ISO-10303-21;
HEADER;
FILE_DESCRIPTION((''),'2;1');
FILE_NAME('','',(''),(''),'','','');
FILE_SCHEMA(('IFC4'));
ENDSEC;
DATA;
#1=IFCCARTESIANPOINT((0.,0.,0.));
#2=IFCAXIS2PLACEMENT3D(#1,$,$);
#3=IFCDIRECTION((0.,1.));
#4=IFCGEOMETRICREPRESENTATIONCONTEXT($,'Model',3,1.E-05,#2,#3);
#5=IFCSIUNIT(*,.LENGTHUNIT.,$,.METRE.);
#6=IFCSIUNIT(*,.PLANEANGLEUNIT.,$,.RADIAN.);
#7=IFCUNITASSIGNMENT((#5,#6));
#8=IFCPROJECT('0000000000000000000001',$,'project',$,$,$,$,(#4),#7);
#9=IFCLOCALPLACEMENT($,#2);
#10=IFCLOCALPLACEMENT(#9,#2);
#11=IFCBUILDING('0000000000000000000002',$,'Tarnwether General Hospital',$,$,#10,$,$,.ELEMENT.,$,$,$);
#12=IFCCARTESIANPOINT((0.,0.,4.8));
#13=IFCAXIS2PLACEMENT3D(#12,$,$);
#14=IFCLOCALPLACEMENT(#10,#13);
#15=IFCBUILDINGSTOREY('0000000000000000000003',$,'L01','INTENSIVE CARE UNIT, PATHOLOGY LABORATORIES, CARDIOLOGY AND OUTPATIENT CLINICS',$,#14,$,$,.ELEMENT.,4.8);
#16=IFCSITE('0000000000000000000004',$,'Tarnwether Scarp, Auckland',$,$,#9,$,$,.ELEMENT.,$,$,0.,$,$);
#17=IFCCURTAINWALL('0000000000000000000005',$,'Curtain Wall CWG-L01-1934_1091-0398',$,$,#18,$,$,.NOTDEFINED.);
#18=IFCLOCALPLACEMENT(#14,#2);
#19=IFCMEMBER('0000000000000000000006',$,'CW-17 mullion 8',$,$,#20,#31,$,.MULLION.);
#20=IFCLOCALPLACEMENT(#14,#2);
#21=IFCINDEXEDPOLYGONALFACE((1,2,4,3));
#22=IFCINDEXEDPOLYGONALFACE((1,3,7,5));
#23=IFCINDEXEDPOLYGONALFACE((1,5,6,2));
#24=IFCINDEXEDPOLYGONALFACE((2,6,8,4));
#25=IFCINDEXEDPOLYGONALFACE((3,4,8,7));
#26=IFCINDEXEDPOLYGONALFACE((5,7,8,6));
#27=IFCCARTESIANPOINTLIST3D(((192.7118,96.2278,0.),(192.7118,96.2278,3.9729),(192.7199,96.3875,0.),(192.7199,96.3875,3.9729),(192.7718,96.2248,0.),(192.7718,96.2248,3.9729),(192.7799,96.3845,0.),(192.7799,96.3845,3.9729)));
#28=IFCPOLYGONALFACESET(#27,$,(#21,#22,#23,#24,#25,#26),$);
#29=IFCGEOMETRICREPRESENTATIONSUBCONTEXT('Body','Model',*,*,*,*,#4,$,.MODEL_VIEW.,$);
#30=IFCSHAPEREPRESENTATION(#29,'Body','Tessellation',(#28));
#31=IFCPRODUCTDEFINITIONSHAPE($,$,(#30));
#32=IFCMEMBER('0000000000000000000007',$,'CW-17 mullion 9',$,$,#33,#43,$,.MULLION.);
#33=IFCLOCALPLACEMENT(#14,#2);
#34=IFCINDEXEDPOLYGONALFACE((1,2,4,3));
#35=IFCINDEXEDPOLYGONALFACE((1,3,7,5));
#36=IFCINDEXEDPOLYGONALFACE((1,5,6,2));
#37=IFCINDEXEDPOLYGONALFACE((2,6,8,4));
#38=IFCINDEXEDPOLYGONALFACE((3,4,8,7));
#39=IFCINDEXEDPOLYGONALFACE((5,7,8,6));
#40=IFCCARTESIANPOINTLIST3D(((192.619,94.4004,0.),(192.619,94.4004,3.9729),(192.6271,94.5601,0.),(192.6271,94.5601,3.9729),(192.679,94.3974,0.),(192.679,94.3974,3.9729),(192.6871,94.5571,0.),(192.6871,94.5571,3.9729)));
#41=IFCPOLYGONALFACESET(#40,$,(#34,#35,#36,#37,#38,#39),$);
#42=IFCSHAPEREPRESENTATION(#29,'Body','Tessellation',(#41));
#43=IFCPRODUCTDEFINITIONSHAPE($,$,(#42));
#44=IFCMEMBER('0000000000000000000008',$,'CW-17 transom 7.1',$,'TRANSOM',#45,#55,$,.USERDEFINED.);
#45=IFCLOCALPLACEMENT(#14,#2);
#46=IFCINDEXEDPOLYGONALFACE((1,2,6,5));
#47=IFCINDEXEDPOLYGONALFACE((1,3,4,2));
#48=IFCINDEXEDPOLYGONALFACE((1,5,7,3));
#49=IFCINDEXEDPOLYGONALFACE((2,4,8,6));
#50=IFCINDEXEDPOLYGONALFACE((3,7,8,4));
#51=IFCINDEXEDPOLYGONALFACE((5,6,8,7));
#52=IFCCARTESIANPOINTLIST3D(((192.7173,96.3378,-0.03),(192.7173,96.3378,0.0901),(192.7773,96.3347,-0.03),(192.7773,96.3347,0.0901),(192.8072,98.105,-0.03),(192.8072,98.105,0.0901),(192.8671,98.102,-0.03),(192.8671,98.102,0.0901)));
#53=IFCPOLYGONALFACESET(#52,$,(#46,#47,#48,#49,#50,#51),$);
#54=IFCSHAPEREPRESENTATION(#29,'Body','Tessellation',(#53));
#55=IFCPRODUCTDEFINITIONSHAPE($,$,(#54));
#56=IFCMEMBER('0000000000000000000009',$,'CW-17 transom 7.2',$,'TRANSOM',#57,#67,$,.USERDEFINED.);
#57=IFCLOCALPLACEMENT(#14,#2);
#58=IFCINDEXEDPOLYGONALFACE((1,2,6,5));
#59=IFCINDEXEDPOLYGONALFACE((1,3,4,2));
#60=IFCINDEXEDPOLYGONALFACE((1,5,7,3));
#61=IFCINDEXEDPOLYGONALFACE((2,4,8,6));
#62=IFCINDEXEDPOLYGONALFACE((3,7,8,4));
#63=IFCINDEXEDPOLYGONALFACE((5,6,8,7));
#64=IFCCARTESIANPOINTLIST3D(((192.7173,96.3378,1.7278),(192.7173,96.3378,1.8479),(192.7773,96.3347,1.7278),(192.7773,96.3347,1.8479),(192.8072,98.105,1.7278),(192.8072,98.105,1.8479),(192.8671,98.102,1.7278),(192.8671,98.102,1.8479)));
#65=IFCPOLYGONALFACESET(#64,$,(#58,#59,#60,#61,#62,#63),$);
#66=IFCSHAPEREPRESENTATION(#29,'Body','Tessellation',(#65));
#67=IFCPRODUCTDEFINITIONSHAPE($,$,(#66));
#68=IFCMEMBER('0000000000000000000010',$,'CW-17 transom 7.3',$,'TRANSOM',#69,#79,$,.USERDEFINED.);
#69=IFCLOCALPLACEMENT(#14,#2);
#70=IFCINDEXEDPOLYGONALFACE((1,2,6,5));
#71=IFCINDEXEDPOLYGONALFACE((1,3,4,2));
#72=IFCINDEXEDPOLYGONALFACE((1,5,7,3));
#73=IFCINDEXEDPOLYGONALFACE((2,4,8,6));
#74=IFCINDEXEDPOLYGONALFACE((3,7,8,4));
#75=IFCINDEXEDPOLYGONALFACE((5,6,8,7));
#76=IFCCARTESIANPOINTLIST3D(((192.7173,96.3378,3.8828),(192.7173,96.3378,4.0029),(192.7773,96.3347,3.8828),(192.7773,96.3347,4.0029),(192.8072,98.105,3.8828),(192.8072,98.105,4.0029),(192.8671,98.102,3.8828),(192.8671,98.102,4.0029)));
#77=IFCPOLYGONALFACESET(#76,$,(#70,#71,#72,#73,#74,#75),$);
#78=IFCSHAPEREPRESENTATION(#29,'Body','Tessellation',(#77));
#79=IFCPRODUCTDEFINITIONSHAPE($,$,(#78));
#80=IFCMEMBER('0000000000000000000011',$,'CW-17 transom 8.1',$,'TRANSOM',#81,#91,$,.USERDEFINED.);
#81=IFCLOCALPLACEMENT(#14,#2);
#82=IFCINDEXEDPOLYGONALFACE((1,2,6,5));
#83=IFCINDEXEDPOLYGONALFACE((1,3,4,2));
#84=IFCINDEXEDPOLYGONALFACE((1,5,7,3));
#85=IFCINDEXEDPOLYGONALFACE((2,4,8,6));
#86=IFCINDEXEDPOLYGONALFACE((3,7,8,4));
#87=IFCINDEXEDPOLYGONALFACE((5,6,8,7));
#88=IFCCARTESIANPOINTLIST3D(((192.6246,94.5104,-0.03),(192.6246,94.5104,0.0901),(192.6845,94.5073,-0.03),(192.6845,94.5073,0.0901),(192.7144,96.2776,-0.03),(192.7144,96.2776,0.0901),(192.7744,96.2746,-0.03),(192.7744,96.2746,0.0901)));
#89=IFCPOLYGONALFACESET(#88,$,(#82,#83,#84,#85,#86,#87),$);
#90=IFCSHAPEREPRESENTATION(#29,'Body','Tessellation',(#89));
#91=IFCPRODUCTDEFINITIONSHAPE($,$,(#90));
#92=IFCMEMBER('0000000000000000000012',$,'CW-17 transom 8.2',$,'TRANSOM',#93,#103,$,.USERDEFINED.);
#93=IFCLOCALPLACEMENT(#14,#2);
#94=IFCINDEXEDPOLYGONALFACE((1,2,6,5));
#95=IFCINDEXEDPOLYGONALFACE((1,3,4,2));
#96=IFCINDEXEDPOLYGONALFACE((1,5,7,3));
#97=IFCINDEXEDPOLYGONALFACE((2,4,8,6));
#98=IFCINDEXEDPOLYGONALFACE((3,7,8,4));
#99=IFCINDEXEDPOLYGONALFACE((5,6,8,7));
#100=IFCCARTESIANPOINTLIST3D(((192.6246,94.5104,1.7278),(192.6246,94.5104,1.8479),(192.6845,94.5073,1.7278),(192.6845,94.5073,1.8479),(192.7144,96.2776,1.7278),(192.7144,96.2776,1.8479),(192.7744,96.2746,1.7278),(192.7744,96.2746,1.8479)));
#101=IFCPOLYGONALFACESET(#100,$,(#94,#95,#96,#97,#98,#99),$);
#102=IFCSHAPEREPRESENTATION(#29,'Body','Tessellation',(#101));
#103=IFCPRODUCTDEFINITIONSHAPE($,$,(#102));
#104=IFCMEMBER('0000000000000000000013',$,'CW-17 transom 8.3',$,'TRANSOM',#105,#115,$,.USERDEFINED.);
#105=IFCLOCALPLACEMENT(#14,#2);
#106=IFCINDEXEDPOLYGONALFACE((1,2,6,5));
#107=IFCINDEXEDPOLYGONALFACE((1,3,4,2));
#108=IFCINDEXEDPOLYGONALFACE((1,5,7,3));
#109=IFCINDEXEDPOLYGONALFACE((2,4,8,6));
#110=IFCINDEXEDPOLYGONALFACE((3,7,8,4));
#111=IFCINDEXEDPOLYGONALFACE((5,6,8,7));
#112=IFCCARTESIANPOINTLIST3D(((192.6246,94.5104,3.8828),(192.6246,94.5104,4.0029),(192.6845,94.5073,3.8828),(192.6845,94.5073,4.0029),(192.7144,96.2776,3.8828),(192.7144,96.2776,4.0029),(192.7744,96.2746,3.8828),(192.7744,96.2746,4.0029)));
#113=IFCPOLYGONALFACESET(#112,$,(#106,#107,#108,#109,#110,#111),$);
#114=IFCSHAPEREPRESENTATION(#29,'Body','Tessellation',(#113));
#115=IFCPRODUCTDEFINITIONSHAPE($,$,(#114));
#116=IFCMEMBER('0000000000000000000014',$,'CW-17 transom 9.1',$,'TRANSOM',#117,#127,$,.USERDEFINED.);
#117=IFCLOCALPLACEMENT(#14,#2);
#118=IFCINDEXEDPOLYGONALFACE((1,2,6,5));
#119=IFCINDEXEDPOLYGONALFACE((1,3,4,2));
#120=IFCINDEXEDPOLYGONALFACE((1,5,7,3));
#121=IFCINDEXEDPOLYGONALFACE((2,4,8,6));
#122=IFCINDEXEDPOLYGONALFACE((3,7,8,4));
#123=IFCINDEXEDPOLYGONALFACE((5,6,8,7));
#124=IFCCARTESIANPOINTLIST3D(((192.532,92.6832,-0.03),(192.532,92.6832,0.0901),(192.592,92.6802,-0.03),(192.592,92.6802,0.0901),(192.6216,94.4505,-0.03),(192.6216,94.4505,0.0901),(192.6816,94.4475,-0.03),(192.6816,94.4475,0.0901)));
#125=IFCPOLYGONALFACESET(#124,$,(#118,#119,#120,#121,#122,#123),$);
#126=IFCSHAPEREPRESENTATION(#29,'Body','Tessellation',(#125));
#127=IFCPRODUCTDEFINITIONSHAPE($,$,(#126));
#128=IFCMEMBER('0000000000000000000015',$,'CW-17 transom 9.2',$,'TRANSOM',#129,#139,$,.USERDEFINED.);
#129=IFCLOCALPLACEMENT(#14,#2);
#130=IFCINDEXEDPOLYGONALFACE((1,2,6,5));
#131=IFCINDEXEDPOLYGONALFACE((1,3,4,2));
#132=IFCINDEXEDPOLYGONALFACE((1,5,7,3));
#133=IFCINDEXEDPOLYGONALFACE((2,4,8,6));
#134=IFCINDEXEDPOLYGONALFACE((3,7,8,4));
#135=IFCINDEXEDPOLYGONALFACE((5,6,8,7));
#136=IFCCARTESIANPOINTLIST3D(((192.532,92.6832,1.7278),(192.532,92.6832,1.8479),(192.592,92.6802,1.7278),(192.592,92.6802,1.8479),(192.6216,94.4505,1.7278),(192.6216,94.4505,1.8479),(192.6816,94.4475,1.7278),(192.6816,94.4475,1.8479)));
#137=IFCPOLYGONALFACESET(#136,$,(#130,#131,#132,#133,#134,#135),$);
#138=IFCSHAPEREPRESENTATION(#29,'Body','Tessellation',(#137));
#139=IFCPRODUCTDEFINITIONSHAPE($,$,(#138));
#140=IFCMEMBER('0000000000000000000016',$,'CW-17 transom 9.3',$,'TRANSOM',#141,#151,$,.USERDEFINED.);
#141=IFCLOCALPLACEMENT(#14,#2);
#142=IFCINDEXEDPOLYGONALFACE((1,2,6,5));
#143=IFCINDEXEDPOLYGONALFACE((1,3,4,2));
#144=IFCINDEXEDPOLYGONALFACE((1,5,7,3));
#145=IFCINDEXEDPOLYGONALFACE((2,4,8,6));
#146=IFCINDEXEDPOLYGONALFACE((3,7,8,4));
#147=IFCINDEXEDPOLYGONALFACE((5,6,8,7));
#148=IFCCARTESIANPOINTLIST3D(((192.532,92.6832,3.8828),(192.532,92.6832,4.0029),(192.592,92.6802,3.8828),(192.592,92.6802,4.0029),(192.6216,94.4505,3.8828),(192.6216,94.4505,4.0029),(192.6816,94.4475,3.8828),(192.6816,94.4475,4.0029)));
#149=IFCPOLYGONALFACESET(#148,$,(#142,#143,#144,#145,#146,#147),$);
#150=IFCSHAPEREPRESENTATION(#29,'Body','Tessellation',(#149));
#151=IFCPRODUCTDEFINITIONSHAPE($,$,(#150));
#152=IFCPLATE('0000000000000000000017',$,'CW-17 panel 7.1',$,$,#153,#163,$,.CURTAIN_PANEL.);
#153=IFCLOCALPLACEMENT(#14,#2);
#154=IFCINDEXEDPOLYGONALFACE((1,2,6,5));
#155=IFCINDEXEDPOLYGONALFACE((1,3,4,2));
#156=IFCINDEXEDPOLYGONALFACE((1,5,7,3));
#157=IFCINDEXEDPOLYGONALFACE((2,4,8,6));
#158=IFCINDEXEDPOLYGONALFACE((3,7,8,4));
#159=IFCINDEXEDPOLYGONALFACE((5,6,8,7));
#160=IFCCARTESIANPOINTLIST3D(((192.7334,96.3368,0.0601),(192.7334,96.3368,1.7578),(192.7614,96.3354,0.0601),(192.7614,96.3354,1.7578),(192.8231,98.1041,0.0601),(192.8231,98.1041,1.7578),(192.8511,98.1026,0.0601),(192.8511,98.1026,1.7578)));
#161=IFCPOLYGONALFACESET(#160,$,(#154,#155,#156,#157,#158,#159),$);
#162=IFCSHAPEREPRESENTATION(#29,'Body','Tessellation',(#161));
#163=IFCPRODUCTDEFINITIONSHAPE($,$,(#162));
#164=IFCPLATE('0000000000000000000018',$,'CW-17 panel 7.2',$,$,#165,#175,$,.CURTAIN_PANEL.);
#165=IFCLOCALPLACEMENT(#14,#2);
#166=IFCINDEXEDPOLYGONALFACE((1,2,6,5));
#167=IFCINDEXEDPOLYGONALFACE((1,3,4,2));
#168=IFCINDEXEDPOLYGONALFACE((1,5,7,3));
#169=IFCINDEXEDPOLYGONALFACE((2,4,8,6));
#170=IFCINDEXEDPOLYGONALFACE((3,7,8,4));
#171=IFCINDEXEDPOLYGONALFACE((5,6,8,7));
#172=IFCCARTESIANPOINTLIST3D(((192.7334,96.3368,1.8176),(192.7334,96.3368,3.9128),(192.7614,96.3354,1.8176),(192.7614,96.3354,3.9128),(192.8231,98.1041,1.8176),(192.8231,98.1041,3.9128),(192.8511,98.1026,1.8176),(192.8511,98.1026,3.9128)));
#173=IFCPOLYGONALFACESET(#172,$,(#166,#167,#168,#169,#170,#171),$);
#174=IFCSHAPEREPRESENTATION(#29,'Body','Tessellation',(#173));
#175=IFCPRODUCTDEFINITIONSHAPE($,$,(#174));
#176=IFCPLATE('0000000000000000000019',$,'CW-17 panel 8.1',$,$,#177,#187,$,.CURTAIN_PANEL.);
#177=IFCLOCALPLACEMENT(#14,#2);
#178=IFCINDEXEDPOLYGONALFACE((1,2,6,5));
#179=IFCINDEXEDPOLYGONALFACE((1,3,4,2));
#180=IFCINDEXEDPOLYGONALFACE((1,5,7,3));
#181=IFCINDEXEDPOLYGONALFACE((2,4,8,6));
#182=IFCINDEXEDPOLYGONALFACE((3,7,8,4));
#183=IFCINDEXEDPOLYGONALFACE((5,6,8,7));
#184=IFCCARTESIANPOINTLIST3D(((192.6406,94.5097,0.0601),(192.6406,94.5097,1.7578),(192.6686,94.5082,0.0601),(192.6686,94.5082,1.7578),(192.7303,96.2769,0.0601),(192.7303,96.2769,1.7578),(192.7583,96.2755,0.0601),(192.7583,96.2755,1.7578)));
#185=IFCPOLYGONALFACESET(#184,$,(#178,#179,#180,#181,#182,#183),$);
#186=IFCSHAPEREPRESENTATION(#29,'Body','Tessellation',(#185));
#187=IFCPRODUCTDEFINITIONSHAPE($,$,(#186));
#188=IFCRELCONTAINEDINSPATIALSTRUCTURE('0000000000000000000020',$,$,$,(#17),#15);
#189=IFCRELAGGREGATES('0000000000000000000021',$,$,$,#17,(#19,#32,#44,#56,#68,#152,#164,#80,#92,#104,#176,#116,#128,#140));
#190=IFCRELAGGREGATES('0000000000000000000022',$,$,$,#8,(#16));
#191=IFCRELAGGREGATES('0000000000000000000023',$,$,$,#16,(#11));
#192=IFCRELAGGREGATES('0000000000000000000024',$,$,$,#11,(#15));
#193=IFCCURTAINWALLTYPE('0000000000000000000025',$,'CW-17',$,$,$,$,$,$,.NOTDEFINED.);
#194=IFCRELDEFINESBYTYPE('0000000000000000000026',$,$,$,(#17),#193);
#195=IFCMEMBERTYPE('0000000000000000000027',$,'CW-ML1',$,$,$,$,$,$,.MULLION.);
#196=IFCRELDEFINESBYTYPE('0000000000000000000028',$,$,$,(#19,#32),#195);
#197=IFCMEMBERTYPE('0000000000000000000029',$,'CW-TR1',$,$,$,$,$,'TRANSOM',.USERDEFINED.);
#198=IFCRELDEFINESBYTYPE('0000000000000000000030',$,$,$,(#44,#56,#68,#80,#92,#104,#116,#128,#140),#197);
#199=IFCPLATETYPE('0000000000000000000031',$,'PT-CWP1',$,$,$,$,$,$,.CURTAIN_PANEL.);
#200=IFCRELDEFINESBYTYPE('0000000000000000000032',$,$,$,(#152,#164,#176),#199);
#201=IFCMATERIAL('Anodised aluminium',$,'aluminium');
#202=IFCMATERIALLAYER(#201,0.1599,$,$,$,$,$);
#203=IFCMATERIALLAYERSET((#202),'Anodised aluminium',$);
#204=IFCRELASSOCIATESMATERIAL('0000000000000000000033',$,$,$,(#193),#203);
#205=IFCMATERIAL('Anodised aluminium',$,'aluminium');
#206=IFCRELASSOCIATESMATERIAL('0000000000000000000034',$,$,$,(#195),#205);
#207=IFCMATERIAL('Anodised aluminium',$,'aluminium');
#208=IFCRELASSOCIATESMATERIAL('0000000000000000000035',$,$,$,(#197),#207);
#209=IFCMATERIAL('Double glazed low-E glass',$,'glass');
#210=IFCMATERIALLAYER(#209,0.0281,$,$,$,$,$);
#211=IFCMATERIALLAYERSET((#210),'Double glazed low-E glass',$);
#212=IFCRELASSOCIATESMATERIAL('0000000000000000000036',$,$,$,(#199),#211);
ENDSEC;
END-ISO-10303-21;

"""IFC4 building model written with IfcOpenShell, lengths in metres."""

from ifc_helpers import new_model, si_unit, direction, frame, origin, origin_2d, place, context, subcontext, project, spatial, rectangle, extrude, material, layer, layer_set, material_profile, profile_set, type_object, element, aggregate, save


model = new_model("IFC4")

# Units and contexts
model_context = context("Model", 3, precision=1e-05, world=origin(), true_north=direction((0.0, 1.0)))
body_context = subcontext(model_context, "Body", "Model", "MODEL_VIEW")
ifc_project = project(units=[si_unit("LENGTHUNIT", "METRE"), si_unit("PLANEANGLEUNIT", "RADIAN")], contexts=[model_context])

# Site, building, storey
site_placement = place(None, origin())
site = spatial("IfcSite", under=ifc_project, at=site_placement, Name="Tarnwether Scarp, Auckland", CompositionType="ELEMENT", RefElevation=0.0)
building_placement = place(site_placement, origin())
building = spatial("IfcBuilding", under=site, at=building_placement, Name="Tarnwether General Hospital", CompositionType="ELEMENT")
storey_placement = place(building_placement, frame((0.0, 0.0, 4.8)))
storey = spatial("IfcBuildingStorey", under=building, at=storey_placement, Name="L01", Description="INTENSIVE CARE UNIT, PATHOLOGY LABORATORIES, CARDIOLOGY AND OUTPATIENT CLINICS", CompositionType="ELEMENT", Elevation=4.8)

# Curtain wall, members, plates
ifc_material_1 = material(Name="Anodised aluminium", Category="aluminium")
ifc_layer_1 = layer(ifc_material_1, 0.1599)
ifc_layer_set_1 = layer_set([ifc_layer_1], Name="Anodised aluminium")
curtain_wall_type = type_object("IfcCurtainWallType", Name="CW-17", PredefinedType="NOTDEFINED", material=ifc_layer_set_1)
curtain_wall_placement = place(storey_placement, origin())
curtain_wall = element("IfcCurtainWall", 1, at=curtain_wall_placement, inside=storey, type_object=curtain_wall_type, Name="Curtain Wall CWG-L01-1934_1091-0398", PredefinedType="NOTDEFINED")
ifc_material_2 = material(Name="Anodised aluminium", Category="aluminium")
ifc_material_profile_1 = material_profile(ifc_material_2, rectangle(XDim=0.0601, YDim=0.1599, at=origin_2d()), Name="ALU-MUL-60x160")
ifc_profile_set_1 = profile_set([ifc_material_profile_1], Name="Anodised aluminium")
member_type_1 = type_object("IfcMemberType", Name="CW-ML1", PredefinedType="MULLION", material=ifc_profile_set_1)
member_1_placement = place(storey_placement, frame((192.7458, 96.3062, 0.0), z_axis=(0.0, 0.0, 1.0), x_axis=(0.998715, -0.050685, 0.0)))
member_1 = element("IfcMember", 2, at=member_1_placement, type_object=member_type_1, Name="CW-17 mullion 8", PredefinedType="MULLION", context=body_context, shape_type="SweptSolid", body=[
    extrude(rectangle(XDim=0.0601, YDim=0.1599, at=origin_2d()), origin(), (0.0, 0.0, 1.0), 3.9729),
])
member_2_placement = place(storey_placement, frame((192.6531, 94.4788, 0.0), z_axis=(0.0, 0.0, 1.0), x_axis=(0.998715, -0.050685, 0.0)))
member_2 = element("IfcMember", 3, at=member_2_placement, type_object=member_type_1, Name="CW-17 mullion 9", PredefinedType="MULLION", context=body_context, shape_type="SweptSolid", body=[
    extrude(rectangle(XDim=0.0601, YDim=0.1599, at=origin_2d()), origin(), (0.0, 0.0, 1.0), 3.9729),
])
ifc_material_3 = material(Name="Anodised aluminium", Category="aluminium")
ifc_material_profile_2 = material_profile(ifc_material_3, rectangle(XDim=0.0601, YDim=0.1201, at=origin_2d()), Name="ALU-TRN-60x120")
ifc_profile_set_2 = profile_set([ifc_material_profile_2], Name="Anodised aluminium")
member_type_2 = type_object("IfcMemberType", Name="CW-TR1", ElementType="TRANSOM", PredefinedType="USERDEFINED", material=ifc_profile_set_2)
member_3_placement = place(storey_placement, frame((192.8372, 98.1035, 0.03), z_axis=(-0.05077, -0.99871, 0.0), x_axis=(0.99871, -0.05077, 0.0)))
member_3 = element("IfcMember", 4, at=member_3_placement, type_object=member_type_2, Name="CW-17 transom 7.1", ObjectType="TRANSOM", PredefinedType="USERDEFINED", context=body_context, shape_type="SweptSolid", body=[
    extrude(rectangle(XDim=0.0601, YDim=0.1201, at=origin_2d()), origin(), (0.0, 0.0, 1.0), 1.7695),
])
member_4_placement = place(storey_placement, frame((192.8372, 98.1035, 1.7878), z_axis=(-0.05077, -0.99871, 0.0), x_axis=(0.99871, -0.05077, 0.0)))
member_4 = element("IfcMember", 5, at=member_4_placement, type_object=member_type_2, Name="CW-17 transom 7.2", ObjectType="TRANSOM", PredefinedType="USERDEFINED", context=body_context, shape_type="SweptSolid", body=[
    extrude(rectangle(XDim=0.0601, YDim=0.1201, at=origin_2d()), origin(), (0.0, 0.0, 1.0), 1.7695),
])
member_5_placement = place(storey_placement, frame((192.8372, 98.1035, 3.9429), z_axis=(-0.05077, -0.99871, 0.0), x_axis=(0.99871, -0.05077, 0.0)))
member_5 = element("IfcMember", 6, at=member_5_placement, type_object=member_type_2, Name="CW-17 transom 7.3", ObjectType="TRANSOM", PredefinedType="USERDEFINED", context=body_context, shape_type="SweptSolid", body=[
    extrude(rectangle(XDim=0.0601, YDim=0.1201, at=origin_2d()), origin(), (0.0, 0.0, 1.0), 1.7695),
])
member_6_placement = place(storey_placement, frame((192.7444, 96.2761, 0.03), z_axis=(-0.05077, -0.99871, 0.0), x_axis=(0.99871, -0.05077, 0.0)))
member_6 = element("IfcMember", 7, at=member_6_placement, type_object=member_type_2, Name="CW-17 transom 8.1", ObjectType="TRANSOM", PredefinedType="USERDEFINED", context=body_context, shape_type="SweptSolid", body=[
    extrude(rectangle(XDim=0.0601, YDim=0.1201, at=origin_2d()), origin(), (0.0, 0.0, 1.0), 1.7695),
])
member_7_placement = place(storey_placement, frame((192.7444, 96.2761, 1.7878), z_axis=(-0.05077, -0.99871, 0.0), x_axis=(0.99871, -0.05077, 0.0)))
member_7 = element("IfcMember", 8, at=member_7_placement, type_object=member_type_2, Name="CW-17 transom 8.2", ObjectType="TRANSOM", PredefinedType="USERDEFINED", context=body_context, shape_type="SweptSolid", body=[
    extrude(rectangle(XDim=0.0601, YDim=0.1201, at=origin_2d()), origin(), (0.0, 0.0, 1.0), 1.7695),
])
member_8_placement = place(storey_placement, frame((192.7444, 96.2761, 3.9429), z_axis=(-0.05077, -0.99871, 0.0), x_axis=(0.99871, -0.05077, 0.0)))
member_8 = element("IfcMember", 9, at=member_8_placement, type_object=member_type_2, Name="CW-17 transom 8.3", ObjectType="TRANSOM", PredefinedType="USERDEFINED", context=body_context, shape_type="SweptSolid", body=[
    extrude(rectangle(XDim=0.0601, YDim=0.1201, at=origin_2d()), origin(), (0.0, 0.0, 1.0), 1.7695),
])
member_9_placement = place(storey_placement, frame((192.6516, 94.449, 0.03), z_axis=(-0.050633, -0.998717, 0.0), x_axis=(0.998717, -0.050633, 0.0)))
member_9 = element("IfcMember", 10, at=member_9_placement, type_object=member_type_2, Name="CW-17 transom 9.1", ObjectType="TRANSOM", PredefinedType="USERDEFINED", context=body_context, shape_type="SweptSolid", body=[
    extrude(rectangle(XDim=0.0601, YDim=0.1201, at=origin_2d()), origin(), (0.0, 0.0, 1.0), 1.7695),
])
member_10_placement = place(storey_placement, frame((192.6516, 94.449, 1.7878), z_axis=(-0.050633, -0.998717, 0.0), x_axis=(0.998717, -0.050633, 0.0)))
member_10 = element("IfcMember", 11, at=member_10_placement, type_object=member_type_2, Name="CW-17 transom 9.2", ObjectType="TRANSOM", PredefinedType="USERDEFINED", context=body_context, shape_type="SweptSolid", body=[
    extrude(rectangle(XDim=0.0601, YDim=0.1201, at=origin_2d()), origin(), (0.0, 0.0, 1.0), 1.7695),
])
member_11_placement = place(storey_placement, frame((192.6516, 94.449, 3.9429), z_axis=(-0.050633, -0.998717, 0.0), x_axis=(0.998717, -0.050633, 0.0)))
member_11 = element("IfcMember", 12, at=member_11_placement, type_object=member_type_2, Name="CW-17 transom 9.3", ObjectType="TRANSOM", PredefinedType="USERDEFINED", context=body_context, shape_type="SweptSolid", body=[
    extrude(rectangle(XDim=0.0601, YDim=0.1201, at=origin_2d()), origin(), (0.0, 0.0, 1.0), 1.7695),
])
ifc_material_4 = material(Name="Double glazed low-E glass", Category="glass")
ifc_layer_2 = layer(ifc_material_4, 0.0281)
ifc_layer_set_2 = layer_set([ifc_layer_2], Name="Double glazed low-E glass")
plate_type_1 = type_object("IfcPlateType", Name="PT-CWP1", PredefinedType="CURTAIN_PANEL", material=ifc_layer_set_2)
plate_1_placement = place(storey_placement, frame((192.7922, 97.2197, 0.0601), z_axis=(0.0, 0.0, 1.0), x_axis=(-0.050685, -0.998715, 0.0)))
plate_1 = element("IfcPlate", 13, at=plate_1_placement, type_object=plate_type_1, Name="CW-17 panel 7.1", PredefinedType="CURTAIN_PANEL", context=body_context, shape_type="SweptSolid", body=[
    extrude(rectangle(XDim=1.7695, YDim=0.0281, at=origin_2d()), origin(), (0.0, 0.0, 1.0), 1.6978),
])
plate_2_placement = place(storey_placement, frame((192.7922, 97.2197, 1.8176), z_axis=(0.0, 0.0, 1.0), x_axis=(-0.050685, -0.998715, 0.0)))
plate_2 = element("IfcPlate", 14, at=plate_2_placement, type_object=plate_type_1, Name="CW-17 panel 7.2", PredefinedType="CURTAIN_PANEL", context=body_context, shape_type="SweptSolid", body=[
    extrude(rectangle(XDim=1.7695, YDim=0.0281, at=origin_2d()), origin(), (0.0, 0.0, 1.0), 2.0952),
])
plate_3_placement = place(storey_placement, frame((192.6995, 95.3926, 0.0601), z_axis=(0.0, 0.0, 1.0), x_axis=(-0.050685, -0.998715, 0.0)))
plate_3 = element("IfcPlate", 15, at=plate_3_placement, type_object=plate_type_1, Name="CW-17 panel 8.1", PredefinedType="CURTAIN_PANEL", context=body_context, shape_type="SweptSolid", body=[
    extrude(rectangle(XDim=1.7695, YDim=0.0281, at=origin_2d()), origin(), (0.0, 0.0, 1.0), 1.6978),
])
aggregate(curtain_wall, [member_1, member_2, member_3, member_4, member_5, plate_1, plate_2, member_6, member_7, member_8, plate_3, member_9, member_10, member_11])

save(model, "model.ifc")
